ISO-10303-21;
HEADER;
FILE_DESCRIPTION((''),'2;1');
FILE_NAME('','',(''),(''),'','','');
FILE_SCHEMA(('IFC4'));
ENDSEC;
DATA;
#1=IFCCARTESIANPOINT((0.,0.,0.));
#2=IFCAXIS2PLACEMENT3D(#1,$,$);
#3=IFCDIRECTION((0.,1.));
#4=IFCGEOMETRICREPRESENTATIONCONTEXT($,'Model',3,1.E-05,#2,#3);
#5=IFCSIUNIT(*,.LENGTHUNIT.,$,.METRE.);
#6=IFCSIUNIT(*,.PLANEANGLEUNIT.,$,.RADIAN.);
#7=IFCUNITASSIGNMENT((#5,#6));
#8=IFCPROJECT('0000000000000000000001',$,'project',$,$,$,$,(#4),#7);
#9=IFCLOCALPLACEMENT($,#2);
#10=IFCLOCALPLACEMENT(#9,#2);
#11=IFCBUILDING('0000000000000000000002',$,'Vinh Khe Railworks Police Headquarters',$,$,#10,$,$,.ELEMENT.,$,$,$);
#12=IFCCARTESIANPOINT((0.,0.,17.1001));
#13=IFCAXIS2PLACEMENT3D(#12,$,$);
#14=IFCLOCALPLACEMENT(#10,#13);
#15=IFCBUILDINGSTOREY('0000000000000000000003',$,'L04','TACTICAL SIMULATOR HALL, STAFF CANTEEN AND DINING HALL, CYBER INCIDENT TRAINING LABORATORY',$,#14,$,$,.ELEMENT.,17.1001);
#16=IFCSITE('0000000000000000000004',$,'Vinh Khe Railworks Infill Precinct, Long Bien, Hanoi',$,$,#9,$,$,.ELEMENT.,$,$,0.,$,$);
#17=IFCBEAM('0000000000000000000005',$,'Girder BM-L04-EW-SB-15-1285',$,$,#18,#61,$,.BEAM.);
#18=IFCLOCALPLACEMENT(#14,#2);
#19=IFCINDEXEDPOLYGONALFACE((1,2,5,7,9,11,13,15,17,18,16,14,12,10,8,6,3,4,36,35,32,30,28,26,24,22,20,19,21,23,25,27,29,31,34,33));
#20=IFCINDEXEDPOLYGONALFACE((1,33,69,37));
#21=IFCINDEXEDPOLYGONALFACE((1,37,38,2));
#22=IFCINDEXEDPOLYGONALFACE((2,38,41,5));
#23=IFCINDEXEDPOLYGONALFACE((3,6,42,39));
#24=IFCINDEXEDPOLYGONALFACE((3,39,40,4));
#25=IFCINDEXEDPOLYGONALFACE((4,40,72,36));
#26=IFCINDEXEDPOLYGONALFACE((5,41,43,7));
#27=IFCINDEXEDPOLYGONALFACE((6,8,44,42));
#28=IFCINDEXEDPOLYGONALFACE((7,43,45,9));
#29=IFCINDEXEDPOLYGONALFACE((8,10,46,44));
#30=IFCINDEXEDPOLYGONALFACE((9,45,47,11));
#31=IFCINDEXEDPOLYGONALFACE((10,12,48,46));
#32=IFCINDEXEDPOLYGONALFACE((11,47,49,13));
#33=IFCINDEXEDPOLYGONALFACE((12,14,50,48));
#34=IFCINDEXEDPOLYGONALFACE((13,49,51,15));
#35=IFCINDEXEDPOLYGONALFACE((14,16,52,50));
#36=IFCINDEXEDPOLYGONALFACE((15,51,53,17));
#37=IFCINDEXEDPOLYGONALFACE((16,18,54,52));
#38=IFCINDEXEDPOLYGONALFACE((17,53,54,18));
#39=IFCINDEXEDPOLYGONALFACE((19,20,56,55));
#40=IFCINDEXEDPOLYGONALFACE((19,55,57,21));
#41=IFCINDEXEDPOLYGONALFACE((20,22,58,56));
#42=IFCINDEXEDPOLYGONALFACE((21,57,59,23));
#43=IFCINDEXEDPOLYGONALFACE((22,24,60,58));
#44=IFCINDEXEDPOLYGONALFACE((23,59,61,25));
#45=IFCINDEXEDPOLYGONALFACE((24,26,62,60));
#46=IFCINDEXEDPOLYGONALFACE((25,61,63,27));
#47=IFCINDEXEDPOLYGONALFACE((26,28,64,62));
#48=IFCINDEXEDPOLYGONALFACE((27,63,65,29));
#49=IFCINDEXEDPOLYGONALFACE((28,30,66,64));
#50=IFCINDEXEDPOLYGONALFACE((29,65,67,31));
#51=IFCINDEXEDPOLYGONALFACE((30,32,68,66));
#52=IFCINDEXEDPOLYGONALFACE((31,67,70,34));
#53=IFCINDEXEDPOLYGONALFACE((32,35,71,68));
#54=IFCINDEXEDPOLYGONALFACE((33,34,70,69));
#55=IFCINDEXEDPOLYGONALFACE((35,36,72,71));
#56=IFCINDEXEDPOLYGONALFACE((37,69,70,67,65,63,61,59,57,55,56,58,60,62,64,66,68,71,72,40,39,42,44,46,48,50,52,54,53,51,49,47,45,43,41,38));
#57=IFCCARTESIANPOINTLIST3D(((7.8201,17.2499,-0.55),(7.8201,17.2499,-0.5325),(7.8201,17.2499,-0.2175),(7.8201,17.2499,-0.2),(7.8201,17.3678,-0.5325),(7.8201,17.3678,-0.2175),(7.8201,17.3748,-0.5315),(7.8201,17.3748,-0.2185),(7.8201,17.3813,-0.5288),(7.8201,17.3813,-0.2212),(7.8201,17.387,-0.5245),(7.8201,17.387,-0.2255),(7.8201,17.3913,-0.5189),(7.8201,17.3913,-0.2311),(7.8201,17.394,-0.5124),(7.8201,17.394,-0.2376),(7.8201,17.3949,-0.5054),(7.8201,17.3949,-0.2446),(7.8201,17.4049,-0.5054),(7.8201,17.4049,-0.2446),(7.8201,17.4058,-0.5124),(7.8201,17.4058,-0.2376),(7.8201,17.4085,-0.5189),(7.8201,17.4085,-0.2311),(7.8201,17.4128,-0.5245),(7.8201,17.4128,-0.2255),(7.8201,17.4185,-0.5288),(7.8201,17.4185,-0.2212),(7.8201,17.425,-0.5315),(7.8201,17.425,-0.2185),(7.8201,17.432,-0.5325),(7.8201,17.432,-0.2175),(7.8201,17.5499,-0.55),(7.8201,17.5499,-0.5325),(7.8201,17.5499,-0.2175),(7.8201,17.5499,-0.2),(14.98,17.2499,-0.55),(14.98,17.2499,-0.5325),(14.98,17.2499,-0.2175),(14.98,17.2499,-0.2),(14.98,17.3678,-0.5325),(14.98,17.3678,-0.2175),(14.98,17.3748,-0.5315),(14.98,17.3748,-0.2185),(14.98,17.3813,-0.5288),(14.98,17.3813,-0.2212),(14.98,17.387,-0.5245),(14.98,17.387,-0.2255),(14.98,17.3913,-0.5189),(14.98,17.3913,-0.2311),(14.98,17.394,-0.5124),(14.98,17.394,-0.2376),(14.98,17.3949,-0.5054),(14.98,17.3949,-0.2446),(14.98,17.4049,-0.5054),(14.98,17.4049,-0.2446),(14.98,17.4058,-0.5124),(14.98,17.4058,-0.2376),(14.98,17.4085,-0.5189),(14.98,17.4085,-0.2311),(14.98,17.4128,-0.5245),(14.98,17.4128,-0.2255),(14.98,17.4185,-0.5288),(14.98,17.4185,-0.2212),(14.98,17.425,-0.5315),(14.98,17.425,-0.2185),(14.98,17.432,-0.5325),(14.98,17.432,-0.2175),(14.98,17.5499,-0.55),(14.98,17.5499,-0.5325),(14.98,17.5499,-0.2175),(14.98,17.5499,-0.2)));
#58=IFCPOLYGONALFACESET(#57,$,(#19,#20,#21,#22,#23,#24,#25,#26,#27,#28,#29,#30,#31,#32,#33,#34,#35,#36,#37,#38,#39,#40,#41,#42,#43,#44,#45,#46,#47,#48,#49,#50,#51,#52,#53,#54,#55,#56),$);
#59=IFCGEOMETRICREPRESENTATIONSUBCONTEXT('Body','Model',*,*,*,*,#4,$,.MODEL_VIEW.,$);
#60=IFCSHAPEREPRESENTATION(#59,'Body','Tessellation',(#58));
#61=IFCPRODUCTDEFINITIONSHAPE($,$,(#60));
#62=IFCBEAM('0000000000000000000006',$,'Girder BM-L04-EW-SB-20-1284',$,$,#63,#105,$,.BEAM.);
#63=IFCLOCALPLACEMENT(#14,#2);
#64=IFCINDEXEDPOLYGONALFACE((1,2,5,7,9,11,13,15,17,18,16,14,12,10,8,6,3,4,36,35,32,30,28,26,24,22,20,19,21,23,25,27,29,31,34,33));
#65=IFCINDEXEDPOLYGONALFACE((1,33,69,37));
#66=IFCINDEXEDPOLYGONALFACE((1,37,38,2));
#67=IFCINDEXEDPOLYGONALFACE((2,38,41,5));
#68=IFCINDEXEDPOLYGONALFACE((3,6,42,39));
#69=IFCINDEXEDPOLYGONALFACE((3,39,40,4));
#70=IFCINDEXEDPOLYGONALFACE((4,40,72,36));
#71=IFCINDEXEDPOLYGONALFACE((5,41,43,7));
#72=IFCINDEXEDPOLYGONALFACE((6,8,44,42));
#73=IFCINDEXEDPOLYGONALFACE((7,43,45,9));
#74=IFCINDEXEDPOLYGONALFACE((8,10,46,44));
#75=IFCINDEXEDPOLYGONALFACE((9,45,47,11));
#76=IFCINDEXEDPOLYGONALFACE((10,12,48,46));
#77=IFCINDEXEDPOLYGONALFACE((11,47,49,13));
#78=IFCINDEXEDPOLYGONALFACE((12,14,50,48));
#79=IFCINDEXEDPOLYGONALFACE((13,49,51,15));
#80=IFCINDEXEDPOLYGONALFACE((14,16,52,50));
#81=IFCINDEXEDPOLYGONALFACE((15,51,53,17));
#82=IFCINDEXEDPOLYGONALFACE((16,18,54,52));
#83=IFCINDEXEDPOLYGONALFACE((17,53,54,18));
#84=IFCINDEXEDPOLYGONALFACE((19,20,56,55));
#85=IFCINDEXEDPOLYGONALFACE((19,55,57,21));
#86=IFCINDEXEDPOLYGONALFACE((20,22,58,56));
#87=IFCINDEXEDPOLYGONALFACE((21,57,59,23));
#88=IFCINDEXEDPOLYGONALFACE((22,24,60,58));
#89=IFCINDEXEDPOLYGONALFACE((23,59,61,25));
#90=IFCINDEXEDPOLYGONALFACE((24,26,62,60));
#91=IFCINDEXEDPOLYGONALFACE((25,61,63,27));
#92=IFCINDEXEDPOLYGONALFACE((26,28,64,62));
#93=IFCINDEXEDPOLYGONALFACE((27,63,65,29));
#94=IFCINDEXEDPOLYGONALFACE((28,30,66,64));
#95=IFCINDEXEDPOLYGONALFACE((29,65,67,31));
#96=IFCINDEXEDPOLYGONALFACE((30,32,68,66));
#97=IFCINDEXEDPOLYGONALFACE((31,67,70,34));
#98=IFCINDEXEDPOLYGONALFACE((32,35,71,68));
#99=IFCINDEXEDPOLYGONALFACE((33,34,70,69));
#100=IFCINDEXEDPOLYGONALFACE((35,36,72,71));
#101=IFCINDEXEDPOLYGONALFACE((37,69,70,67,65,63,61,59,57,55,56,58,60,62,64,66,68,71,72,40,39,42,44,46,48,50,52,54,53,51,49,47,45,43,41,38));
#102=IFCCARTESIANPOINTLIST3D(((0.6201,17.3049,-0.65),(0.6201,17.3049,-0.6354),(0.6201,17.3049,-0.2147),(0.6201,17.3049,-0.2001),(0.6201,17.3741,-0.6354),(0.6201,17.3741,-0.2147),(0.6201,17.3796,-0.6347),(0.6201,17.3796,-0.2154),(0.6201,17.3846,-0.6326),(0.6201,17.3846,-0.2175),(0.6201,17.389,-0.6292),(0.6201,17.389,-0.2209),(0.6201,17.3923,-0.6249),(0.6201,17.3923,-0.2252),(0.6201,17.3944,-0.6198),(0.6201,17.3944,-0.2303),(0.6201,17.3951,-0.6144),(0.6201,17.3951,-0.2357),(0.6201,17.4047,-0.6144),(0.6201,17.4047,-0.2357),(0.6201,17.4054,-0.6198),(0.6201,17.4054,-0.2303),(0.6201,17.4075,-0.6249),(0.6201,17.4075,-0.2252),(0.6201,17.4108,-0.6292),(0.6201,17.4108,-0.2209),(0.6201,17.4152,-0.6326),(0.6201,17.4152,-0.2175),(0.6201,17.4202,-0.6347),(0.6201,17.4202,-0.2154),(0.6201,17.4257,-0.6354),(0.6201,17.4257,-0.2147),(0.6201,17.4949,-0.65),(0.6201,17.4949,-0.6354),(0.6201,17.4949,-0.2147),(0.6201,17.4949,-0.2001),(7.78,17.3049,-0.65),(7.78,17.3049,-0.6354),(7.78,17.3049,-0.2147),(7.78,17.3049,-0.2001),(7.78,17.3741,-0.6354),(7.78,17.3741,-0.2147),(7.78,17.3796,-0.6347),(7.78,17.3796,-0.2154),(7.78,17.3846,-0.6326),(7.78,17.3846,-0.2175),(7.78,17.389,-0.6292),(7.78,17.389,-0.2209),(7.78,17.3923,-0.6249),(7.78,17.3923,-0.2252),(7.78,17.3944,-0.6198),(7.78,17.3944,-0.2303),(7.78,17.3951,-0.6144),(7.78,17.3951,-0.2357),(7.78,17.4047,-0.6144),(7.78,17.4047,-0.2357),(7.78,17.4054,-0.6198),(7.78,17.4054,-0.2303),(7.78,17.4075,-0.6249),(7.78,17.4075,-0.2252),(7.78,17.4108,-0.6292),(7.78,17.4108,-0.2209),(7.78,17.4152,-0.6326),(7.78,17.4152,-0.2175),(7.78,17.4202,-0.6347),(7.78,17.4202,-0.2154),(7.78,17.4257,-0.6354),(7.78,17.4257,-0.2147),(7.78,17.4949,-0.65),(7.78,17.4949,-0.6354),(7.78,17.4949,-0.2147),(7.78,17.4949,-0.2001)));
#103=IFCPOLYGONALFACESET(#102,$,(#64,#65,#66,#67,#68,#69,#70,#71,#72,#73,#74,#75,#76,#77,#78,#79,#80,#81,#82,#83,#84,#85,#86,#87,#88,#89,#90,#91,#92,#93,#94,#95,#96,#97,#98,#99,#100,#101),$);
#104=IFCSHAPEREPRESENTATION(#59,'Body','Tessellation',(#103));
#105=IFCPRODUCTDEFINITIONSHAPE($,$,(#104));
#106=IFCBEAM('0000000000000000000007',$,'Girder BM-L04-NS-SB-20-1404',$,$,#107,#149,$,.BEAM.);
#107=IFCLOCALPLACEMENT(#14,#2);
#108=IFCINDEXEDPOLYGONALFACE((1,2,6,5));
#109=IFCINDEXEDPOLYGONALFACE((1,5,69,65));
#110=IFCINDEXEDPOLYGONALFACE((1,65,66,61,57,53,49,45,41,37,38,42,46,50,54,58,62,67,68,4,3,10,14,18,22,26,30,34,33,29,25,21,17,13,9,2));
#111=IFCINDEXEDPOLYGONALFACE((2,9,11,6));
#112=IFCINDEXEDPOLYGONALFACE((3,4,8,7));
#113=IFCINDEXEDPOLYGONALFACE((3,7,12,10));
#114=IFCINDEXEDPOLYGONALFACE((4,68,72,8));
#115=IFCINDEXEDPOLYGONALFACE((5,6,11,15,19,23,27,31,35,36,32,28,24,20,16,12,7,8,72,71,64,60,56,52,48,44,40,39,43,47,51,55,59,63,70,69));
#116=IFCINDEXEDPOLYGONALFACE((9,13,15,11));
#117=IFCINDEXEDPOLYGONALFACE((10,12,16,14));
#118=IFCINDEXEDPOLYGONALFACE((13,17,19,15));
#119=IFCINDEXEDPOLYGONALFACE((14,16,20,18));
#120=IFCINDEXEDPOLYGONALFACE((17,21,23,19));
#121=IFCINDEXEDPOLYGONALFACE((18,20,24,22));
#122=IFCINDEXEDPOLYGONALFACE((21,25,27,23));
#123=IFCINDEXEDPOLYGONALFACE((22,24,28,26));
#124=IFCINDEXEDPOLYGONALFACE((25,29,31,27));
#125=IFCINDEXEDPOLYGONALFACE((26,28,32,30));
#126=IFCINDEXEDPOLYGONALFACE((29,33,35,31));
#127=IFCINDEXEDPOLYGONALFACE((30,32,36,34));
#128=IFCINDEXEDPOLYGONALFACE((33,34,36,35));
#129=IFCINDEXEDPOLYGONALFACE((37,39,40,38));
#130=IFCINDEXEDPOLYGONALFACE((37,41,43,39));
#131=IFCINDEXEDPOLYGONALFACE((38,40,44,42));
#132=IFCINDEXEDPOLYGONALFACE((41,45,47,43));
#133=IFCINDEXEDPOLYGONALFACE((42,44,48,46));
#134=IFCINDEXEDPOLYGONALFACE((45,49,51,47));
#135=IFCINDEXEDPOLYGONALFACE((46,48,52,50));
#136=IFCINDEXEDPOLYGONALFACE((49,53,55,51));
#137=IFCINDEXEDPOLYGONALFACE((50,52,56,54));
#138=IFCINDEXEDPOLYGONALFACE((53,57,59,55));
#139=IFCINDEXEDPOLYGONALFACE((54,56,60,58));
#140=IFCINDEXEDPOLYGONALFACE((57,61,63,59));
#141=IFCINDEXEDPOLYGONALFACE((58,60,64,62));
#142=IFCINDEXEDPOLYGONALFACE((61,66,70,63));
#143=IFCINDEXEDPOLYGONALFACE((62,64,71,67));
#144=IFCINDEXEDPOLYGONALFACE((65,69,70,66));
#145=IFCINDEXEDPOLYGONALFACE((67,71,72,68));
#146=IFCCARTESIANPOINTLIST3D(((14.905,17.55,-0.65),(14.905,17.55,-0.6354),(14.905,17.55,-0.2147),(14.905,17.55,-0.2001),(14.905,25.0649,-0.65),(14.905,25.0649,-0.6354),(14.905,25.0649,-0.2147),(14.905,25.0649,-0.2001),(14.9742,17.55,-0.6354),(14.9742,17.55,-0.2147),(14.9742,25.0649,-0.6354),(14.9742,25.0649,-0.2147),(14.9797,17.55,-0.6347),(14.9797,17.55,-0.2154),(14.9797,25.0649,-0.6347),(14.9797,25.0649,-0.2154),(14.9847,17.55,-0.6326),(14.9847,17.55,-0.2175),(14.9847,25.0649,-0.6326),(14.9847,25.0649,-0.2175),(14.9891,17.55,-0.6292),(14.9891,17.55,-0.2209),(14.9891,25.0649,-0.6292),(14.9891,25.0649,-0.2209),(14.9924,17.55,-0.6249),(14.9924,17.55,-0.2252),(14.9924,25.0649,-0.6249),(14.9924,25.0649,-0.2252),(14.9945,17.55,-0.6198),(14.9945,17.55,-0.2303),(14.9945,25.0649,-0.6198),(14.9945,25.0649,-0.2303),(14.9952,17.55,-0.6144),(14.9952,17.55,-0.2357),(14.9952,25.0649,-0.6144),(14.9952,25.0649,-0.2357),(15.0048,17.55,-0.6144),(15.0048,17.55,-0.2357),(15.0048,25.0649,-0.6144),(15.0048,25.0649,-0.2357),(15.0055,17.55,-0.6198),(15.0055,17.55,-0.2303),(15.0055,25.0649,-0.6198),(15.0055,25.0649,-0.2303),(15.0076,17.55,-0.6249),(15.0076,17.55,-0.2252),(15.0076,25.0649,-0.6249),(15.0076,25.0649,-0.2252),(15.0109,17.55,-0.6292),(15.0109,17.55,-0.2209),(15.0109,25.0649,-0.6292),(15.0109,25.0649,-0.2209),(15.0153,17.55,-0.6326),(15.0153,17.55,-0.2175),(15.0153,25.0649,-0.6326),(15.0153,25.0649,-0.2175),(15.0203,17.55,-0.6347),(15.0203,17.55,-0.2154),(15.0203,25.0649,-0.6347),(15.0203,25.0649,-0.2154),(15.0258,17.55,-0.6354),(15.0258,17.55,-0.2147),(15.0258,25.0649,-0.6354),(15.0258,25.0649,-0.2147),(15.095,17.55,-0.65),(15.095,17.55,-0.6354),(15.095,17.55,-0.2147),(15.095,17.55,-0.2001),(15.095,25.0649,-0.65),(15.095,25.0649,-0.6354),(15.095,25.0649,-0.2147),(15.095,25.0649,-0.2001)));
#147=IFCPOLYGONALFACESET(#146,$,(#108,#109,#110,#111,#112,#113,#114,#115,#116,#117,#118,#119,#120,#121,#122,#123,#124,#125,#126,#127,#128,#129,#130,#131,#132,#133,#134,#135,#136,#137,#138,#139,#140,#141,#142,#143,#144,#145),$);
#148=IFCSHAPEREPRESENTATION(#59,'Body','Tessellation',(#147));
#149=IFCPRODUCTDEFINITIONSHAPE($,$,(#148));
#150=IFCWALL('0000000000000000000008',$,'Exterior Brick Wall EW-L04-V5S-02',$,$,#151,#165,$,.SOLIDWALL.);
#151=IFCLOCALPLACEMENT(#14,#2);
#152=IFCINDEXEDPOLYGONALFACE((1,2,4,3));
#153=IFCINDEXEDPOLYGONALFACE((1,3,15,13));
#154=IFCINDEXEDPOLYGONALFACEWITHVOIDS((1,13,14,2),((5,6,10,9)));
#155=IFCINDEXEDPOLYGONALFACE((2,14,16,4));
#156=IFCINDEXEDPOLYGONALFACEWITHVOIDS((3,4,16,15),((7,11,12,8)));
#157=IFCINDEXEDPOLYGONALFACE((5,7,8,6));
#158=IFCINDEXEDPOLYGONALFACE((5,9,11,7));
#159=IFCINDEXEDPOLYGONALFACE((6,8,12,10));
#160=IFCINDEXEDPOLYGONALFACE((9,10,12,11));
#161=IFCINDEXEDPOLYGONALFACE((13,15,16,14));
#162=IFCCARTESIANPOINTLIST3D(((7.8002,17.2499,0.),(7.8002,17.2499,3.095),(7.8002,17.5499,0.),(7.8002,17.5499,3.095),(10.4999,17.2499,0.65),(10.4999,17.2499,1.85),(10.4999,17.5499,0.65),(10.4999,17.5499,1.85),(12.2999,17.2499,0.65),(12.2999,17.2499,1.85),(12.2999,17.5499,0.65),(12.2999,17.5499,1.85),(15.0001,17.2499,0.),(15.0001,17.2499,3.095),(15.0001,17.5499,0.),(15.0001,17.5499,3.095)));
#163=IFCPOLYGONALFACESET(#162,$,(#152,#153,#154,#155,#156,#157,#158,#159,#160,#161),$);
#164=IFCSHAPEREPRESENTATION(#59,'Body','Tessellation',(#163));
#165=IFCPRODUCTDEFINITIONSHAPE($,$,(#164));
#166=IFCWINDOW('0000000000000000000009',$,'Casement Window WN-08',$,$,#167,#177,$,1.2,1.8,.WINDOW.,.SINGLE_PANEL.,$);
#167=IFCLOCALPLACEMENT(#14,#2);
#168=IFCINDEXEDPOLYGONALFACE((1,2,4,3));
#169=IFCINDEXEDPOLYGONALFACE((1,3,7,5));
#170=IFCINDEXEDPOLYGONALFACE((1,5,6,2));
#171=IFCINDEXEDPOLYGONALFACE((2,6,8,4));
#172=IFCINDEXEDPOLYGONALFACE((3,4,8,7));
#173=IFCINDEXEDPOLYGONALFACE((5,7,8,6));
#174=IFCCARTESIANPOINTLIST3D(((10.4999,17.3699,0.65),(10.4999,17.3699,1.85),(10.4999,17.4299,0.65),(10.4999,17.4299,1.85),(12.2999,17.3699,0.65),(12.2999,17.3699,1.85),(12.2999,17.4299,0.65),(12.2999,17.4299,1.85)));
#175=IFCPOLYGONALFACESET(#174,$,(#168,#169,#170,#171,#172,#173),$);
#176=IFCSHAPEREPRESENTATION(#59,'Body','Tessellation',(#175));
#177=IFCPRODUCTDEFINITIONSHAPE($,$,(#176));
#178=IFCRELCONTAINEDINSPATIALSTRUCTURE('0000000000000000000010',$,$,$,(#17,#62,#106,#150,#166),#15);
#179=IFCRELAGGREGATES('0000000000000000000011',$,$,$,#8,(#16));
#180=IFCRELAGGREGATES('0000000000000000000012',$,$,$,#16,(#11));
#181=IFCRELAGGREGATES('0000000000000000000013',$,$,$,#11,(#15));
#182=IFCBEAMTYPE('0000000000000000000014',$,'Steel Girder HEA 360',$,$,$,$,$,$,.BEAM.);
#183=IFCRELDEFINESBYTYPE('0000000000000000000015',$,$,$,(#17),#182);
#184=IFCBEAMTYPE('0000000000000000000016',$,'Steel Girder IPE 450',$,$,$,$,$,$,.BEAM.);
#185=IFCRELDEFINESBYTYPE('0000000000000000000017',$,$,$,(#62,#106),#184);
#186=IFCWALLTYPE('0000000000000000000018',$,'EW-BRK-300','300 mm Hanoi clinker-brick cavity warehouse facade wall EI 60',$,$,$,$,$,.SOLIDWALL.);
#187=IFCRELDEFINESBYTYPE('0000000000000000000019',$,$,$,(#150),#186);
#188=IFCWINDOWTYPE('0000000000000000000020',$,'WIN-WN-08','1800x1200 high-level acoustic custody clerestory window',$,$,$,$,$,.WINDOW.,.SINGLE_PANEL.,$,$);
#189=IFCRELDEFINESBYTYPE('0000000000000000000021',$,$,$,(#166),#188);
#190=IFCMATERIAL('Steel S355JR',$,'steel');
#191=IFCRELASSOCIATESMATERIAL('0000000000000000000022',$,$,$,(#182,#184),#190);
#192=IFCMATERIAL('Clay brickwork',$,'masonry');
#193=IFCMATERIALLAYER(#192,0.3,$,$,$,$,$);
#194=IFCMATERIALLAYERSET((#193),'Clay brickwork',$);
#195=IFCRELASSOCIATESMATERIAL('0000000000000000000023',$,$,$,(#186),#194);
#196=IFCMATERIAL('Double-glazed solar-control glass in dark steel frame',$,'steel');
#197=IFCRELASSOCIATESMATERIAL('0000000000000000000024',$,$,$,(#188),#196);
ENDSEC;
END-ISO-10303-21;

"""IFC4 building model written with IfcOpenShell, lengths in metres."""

from ifc_helpers import new_model, si_unit, direction, frame, frame_2d, origin, origin_2d, place, context, subcontext, project, spatial, rectangle, i_section, extrude, material, layer, layer_set, material_profile, profile_set, type_object, element, fill, save


model = new_model("IFC4")

# Units and contexts
model_context = context("Model", 3, precision=1e-05, world=origin(), true_north=direction((0.0, 1.0)))
body_context = subcontext(model_context, "Body", "Model", "MODEL_VIEW")
ifc_project = project(units=[si_unit("LENGTHUNIT", "METRE"), si_unit("PLANEANGLEUNIT", "RADIAN")], contexts=[model_context])

# Site, building, storey
site_placement = place(None, origin())
site = spatial("IfcSite", under=ifc_project, at=site_placement, Name="Vinh Khe Railworks Infill Precinct, Long Bien, Hanoi", CompositionType="ELEMENT", RefElevation=0.0)
building_placement = place(site_placement, origin())
building = spatial("IfcBuilding", under=site, at=building_placement, Name="Vinh Khe Railworks Police Headquarters", CompositionType="ELEMENT")
storey_placement = place(building_placement, frame((0.0, 0.0, 17.1001)))
storey = spatial("IfcBuildingStorey", under=building, at=storey_placement, Name="L04", Description="TACTICAL SIMULATOR HALL, STAFF CANTEEN AND DINING HALL, CYBER INCIDENT TRAINING LABORATORY", CompositionType="ELEMENT", Elevation=17.1001)

# Shared definitions
ifc_material_1 = material(Name="Steel S355JR", Category="steel")

# Beams
ifc_material_profile_1 = material_profile(ifc_material_1, i_section(OverallWidth=0.3, OverallDepth=0.3501, WebThickness=0.01, FlangeThickness=0.0176, FilletRadius=0.0271, at=origin_2d()), Name="HEA 360")
ifc_profile_set_1 = profile_set([ifc_material_profile_1], Name="Steel S355JR")
beam_type_1 = type_object("IfcBeamType", Name="Steel Girder HEA 360", PredefinedType="BEAM", material=ifc_profile_set_1)
beam_1_placement = place(storey_placement, frame((7.8201, 17.3999, -0.375), z_axis=(1.0, 0.0, 0.0), x_axis=(0.0, 1.0, 0.0)))
element("IfcBeam", 1, at=beam_1_placement, inside=storey, type_object=beam_type_1, Name="Girder BM-L04-EW-SB-15-1285", PredefinedType="BEAM", context=body_context, shape_type="SweptSolid", body=[
    extrude(i_section(OverallWidth=0.3, OverallDepth=0.3501, WebThickness=0.01, FlangeThickness=0.0176, FilletRadius=0.0271, at=origin_2d()), origin(), (0.0, 0.0, 1.0), 7.1599),
])
ifc_material_profile_2 = material_profile(ifc_material_1, i_section(OverallWidth=0.1899, OverallDepth=0.45, WebThickness=0.0095, FlangeThickness=0.0146, FilletRadius=0.021, at=origin_2d()), Name="IPE 450")
ifc_profile_set_2 = profile_set([ifc_material_profile_2], Name="Steel S355JR")
beam_type_2 = type_object("IfcBeamType", Name="Steel Girder IPE 450", PredefinedType="BEAM", material=ifc_profile_set_2)
beam_2_placement = place(storey_placement, frame((0.6201, 17.3999, -0.425), z_axis=(1.0, 0.0, 0.0), x_axis=(0.0, 1.0, 0.0)))
element("IfcBeam", 2, at=beam_2_placement, inside=storey, type_object=beam_type_2, Name="Girder BM-L04-EW-SB-20-1284", PredefinedType="BEAM", context=body_context, shape_type="SweptSolid", body=[
    extrude(i_section(OverallWidth=0.1899, OverallDepth=0.45, WebThickness=0.0095, FlangeThickness=0.0146, FilletRadius=0.021, at=origin_2d()), origin(), (0.0, 0.0, 1.0), 7.1599),
])
beam_3_placement = place(storey_placement, frame((15.0, 17.55, -0.425), z_axis=(0.0, 1.0, 0.0), x_axis=(-1.0, 0.0, 0.0)))
element("IfcBeam", 3, at=beam_3_placement, inside=storey, type_object=beam_type_2, Name="Girder BM-L04-NS-SB-20-1404", PredefinedType="BEAM", context=body_context, shape_type="SweptSolid", body=[
    extrude(i_section(OverallWidth=0.1899, OverallDepth=0.45, WebThickness=0.0095, FlangeThickness=0.0146, FilletRadius=0.021, at=origin_2d()), origin(), (0.0, 0.0, 1.0), 7.5149),
])

# Wall, opening, window
ifc_material_2 = material(Name="Clay brickwork", Category="masonry")
ifc_layer_1 = layer(ifc_material_2, 0.3)
ifc_layer_set_1 = layer_set([ifc_layer_1], Name="Clay brickwork")
wall_type_1 = type_object("IfcWallType", Name="EW-BRK-300", Description="300 mm Hanoi clinker-brick cavity warehouse facade wall EI 60", PredefinedType="SOLIDWALL", material=ifc_layer_set_1)
wall_1_placement = place(storey_placement, frame((7.8, 17.3999, 0.0), z_axis=(0.0, 0.0, 1.0), x_axis=(1.0, 0.0, 0.0)))
wall_1 = element("IfcWall", 4, at=wall_1_placement, inside=storey, type_object=wall_type_1, Name="Exterior Brick Wall EW-L04-V5S-02", PredefinedType="SOLIDWALL", context=body_context, shape_type="SweptSolid", body=[
    extrude(rectangle(XDim=7.2, YDim=0.3, at=frame_2d((3.6001, 0.0))), origin(), (0.0, 0.0, 1.0), 3.095),
])
opening_1_placement = place(wall_1_placement, frame((2.7, 0.0, 0.6499)))
opening_1 = element("IfcOpeningElement", 5, at=opening_1_placement, cuts=wall_1, PredefinedType="OPENING", context=body_context, shape_type="SweptSolid", body=[
    extrude(rectangle(XDim=1.8, YDim=1.2, at=frame_2d((0.8999, 0.6001))), frame((0.0, 0.165, 0.0), z_axis=(0.0, -1.0, 0.0), x_axis=(1.0, 0.0, 0.0)), (0.0, 0.0, 1.0), 0.3298),
])
ifc_material_3 = material(Name="Double-glazed solar-control glass in dark steel frame", Category="steel")
window_type_1 = type_object("IfcWindowType", Name="WIN-WN-08", Description="1800x1200 high-level acoustic custody clerestory window", PartitioningType="SINGLE_PANEL", PredefinedType="WINDOW", material=ifc_material_3)
window_1_placement = place(opening_1_placement, origin())
window_1 = element("IfcWindow", 6, at=window_1_placement, inside=storey, type_object=window_type_1, Name="Casement Window WN-08", OverallHeight=1.2, OverallWidth=1.8, PartitioningType="SINGLE_PANEL", PredefinedType="WINDOW", context=body_context, shape_type="SweptSolid", body=[
    extrude(rectangle(XDim=1.8, YDim=1.2, at=frame_2d((0.8999, 0.6001))), frame((0.0, 0.03, 0.0), z_axis=(0.0, -1.0, 0.0), x_axis=(1.0, 0.0, 0.0)), (0.0, 0.0, 1.0), 0.0601),
])
fill(opening_1, window_1)

save(model, "model.ifc")
